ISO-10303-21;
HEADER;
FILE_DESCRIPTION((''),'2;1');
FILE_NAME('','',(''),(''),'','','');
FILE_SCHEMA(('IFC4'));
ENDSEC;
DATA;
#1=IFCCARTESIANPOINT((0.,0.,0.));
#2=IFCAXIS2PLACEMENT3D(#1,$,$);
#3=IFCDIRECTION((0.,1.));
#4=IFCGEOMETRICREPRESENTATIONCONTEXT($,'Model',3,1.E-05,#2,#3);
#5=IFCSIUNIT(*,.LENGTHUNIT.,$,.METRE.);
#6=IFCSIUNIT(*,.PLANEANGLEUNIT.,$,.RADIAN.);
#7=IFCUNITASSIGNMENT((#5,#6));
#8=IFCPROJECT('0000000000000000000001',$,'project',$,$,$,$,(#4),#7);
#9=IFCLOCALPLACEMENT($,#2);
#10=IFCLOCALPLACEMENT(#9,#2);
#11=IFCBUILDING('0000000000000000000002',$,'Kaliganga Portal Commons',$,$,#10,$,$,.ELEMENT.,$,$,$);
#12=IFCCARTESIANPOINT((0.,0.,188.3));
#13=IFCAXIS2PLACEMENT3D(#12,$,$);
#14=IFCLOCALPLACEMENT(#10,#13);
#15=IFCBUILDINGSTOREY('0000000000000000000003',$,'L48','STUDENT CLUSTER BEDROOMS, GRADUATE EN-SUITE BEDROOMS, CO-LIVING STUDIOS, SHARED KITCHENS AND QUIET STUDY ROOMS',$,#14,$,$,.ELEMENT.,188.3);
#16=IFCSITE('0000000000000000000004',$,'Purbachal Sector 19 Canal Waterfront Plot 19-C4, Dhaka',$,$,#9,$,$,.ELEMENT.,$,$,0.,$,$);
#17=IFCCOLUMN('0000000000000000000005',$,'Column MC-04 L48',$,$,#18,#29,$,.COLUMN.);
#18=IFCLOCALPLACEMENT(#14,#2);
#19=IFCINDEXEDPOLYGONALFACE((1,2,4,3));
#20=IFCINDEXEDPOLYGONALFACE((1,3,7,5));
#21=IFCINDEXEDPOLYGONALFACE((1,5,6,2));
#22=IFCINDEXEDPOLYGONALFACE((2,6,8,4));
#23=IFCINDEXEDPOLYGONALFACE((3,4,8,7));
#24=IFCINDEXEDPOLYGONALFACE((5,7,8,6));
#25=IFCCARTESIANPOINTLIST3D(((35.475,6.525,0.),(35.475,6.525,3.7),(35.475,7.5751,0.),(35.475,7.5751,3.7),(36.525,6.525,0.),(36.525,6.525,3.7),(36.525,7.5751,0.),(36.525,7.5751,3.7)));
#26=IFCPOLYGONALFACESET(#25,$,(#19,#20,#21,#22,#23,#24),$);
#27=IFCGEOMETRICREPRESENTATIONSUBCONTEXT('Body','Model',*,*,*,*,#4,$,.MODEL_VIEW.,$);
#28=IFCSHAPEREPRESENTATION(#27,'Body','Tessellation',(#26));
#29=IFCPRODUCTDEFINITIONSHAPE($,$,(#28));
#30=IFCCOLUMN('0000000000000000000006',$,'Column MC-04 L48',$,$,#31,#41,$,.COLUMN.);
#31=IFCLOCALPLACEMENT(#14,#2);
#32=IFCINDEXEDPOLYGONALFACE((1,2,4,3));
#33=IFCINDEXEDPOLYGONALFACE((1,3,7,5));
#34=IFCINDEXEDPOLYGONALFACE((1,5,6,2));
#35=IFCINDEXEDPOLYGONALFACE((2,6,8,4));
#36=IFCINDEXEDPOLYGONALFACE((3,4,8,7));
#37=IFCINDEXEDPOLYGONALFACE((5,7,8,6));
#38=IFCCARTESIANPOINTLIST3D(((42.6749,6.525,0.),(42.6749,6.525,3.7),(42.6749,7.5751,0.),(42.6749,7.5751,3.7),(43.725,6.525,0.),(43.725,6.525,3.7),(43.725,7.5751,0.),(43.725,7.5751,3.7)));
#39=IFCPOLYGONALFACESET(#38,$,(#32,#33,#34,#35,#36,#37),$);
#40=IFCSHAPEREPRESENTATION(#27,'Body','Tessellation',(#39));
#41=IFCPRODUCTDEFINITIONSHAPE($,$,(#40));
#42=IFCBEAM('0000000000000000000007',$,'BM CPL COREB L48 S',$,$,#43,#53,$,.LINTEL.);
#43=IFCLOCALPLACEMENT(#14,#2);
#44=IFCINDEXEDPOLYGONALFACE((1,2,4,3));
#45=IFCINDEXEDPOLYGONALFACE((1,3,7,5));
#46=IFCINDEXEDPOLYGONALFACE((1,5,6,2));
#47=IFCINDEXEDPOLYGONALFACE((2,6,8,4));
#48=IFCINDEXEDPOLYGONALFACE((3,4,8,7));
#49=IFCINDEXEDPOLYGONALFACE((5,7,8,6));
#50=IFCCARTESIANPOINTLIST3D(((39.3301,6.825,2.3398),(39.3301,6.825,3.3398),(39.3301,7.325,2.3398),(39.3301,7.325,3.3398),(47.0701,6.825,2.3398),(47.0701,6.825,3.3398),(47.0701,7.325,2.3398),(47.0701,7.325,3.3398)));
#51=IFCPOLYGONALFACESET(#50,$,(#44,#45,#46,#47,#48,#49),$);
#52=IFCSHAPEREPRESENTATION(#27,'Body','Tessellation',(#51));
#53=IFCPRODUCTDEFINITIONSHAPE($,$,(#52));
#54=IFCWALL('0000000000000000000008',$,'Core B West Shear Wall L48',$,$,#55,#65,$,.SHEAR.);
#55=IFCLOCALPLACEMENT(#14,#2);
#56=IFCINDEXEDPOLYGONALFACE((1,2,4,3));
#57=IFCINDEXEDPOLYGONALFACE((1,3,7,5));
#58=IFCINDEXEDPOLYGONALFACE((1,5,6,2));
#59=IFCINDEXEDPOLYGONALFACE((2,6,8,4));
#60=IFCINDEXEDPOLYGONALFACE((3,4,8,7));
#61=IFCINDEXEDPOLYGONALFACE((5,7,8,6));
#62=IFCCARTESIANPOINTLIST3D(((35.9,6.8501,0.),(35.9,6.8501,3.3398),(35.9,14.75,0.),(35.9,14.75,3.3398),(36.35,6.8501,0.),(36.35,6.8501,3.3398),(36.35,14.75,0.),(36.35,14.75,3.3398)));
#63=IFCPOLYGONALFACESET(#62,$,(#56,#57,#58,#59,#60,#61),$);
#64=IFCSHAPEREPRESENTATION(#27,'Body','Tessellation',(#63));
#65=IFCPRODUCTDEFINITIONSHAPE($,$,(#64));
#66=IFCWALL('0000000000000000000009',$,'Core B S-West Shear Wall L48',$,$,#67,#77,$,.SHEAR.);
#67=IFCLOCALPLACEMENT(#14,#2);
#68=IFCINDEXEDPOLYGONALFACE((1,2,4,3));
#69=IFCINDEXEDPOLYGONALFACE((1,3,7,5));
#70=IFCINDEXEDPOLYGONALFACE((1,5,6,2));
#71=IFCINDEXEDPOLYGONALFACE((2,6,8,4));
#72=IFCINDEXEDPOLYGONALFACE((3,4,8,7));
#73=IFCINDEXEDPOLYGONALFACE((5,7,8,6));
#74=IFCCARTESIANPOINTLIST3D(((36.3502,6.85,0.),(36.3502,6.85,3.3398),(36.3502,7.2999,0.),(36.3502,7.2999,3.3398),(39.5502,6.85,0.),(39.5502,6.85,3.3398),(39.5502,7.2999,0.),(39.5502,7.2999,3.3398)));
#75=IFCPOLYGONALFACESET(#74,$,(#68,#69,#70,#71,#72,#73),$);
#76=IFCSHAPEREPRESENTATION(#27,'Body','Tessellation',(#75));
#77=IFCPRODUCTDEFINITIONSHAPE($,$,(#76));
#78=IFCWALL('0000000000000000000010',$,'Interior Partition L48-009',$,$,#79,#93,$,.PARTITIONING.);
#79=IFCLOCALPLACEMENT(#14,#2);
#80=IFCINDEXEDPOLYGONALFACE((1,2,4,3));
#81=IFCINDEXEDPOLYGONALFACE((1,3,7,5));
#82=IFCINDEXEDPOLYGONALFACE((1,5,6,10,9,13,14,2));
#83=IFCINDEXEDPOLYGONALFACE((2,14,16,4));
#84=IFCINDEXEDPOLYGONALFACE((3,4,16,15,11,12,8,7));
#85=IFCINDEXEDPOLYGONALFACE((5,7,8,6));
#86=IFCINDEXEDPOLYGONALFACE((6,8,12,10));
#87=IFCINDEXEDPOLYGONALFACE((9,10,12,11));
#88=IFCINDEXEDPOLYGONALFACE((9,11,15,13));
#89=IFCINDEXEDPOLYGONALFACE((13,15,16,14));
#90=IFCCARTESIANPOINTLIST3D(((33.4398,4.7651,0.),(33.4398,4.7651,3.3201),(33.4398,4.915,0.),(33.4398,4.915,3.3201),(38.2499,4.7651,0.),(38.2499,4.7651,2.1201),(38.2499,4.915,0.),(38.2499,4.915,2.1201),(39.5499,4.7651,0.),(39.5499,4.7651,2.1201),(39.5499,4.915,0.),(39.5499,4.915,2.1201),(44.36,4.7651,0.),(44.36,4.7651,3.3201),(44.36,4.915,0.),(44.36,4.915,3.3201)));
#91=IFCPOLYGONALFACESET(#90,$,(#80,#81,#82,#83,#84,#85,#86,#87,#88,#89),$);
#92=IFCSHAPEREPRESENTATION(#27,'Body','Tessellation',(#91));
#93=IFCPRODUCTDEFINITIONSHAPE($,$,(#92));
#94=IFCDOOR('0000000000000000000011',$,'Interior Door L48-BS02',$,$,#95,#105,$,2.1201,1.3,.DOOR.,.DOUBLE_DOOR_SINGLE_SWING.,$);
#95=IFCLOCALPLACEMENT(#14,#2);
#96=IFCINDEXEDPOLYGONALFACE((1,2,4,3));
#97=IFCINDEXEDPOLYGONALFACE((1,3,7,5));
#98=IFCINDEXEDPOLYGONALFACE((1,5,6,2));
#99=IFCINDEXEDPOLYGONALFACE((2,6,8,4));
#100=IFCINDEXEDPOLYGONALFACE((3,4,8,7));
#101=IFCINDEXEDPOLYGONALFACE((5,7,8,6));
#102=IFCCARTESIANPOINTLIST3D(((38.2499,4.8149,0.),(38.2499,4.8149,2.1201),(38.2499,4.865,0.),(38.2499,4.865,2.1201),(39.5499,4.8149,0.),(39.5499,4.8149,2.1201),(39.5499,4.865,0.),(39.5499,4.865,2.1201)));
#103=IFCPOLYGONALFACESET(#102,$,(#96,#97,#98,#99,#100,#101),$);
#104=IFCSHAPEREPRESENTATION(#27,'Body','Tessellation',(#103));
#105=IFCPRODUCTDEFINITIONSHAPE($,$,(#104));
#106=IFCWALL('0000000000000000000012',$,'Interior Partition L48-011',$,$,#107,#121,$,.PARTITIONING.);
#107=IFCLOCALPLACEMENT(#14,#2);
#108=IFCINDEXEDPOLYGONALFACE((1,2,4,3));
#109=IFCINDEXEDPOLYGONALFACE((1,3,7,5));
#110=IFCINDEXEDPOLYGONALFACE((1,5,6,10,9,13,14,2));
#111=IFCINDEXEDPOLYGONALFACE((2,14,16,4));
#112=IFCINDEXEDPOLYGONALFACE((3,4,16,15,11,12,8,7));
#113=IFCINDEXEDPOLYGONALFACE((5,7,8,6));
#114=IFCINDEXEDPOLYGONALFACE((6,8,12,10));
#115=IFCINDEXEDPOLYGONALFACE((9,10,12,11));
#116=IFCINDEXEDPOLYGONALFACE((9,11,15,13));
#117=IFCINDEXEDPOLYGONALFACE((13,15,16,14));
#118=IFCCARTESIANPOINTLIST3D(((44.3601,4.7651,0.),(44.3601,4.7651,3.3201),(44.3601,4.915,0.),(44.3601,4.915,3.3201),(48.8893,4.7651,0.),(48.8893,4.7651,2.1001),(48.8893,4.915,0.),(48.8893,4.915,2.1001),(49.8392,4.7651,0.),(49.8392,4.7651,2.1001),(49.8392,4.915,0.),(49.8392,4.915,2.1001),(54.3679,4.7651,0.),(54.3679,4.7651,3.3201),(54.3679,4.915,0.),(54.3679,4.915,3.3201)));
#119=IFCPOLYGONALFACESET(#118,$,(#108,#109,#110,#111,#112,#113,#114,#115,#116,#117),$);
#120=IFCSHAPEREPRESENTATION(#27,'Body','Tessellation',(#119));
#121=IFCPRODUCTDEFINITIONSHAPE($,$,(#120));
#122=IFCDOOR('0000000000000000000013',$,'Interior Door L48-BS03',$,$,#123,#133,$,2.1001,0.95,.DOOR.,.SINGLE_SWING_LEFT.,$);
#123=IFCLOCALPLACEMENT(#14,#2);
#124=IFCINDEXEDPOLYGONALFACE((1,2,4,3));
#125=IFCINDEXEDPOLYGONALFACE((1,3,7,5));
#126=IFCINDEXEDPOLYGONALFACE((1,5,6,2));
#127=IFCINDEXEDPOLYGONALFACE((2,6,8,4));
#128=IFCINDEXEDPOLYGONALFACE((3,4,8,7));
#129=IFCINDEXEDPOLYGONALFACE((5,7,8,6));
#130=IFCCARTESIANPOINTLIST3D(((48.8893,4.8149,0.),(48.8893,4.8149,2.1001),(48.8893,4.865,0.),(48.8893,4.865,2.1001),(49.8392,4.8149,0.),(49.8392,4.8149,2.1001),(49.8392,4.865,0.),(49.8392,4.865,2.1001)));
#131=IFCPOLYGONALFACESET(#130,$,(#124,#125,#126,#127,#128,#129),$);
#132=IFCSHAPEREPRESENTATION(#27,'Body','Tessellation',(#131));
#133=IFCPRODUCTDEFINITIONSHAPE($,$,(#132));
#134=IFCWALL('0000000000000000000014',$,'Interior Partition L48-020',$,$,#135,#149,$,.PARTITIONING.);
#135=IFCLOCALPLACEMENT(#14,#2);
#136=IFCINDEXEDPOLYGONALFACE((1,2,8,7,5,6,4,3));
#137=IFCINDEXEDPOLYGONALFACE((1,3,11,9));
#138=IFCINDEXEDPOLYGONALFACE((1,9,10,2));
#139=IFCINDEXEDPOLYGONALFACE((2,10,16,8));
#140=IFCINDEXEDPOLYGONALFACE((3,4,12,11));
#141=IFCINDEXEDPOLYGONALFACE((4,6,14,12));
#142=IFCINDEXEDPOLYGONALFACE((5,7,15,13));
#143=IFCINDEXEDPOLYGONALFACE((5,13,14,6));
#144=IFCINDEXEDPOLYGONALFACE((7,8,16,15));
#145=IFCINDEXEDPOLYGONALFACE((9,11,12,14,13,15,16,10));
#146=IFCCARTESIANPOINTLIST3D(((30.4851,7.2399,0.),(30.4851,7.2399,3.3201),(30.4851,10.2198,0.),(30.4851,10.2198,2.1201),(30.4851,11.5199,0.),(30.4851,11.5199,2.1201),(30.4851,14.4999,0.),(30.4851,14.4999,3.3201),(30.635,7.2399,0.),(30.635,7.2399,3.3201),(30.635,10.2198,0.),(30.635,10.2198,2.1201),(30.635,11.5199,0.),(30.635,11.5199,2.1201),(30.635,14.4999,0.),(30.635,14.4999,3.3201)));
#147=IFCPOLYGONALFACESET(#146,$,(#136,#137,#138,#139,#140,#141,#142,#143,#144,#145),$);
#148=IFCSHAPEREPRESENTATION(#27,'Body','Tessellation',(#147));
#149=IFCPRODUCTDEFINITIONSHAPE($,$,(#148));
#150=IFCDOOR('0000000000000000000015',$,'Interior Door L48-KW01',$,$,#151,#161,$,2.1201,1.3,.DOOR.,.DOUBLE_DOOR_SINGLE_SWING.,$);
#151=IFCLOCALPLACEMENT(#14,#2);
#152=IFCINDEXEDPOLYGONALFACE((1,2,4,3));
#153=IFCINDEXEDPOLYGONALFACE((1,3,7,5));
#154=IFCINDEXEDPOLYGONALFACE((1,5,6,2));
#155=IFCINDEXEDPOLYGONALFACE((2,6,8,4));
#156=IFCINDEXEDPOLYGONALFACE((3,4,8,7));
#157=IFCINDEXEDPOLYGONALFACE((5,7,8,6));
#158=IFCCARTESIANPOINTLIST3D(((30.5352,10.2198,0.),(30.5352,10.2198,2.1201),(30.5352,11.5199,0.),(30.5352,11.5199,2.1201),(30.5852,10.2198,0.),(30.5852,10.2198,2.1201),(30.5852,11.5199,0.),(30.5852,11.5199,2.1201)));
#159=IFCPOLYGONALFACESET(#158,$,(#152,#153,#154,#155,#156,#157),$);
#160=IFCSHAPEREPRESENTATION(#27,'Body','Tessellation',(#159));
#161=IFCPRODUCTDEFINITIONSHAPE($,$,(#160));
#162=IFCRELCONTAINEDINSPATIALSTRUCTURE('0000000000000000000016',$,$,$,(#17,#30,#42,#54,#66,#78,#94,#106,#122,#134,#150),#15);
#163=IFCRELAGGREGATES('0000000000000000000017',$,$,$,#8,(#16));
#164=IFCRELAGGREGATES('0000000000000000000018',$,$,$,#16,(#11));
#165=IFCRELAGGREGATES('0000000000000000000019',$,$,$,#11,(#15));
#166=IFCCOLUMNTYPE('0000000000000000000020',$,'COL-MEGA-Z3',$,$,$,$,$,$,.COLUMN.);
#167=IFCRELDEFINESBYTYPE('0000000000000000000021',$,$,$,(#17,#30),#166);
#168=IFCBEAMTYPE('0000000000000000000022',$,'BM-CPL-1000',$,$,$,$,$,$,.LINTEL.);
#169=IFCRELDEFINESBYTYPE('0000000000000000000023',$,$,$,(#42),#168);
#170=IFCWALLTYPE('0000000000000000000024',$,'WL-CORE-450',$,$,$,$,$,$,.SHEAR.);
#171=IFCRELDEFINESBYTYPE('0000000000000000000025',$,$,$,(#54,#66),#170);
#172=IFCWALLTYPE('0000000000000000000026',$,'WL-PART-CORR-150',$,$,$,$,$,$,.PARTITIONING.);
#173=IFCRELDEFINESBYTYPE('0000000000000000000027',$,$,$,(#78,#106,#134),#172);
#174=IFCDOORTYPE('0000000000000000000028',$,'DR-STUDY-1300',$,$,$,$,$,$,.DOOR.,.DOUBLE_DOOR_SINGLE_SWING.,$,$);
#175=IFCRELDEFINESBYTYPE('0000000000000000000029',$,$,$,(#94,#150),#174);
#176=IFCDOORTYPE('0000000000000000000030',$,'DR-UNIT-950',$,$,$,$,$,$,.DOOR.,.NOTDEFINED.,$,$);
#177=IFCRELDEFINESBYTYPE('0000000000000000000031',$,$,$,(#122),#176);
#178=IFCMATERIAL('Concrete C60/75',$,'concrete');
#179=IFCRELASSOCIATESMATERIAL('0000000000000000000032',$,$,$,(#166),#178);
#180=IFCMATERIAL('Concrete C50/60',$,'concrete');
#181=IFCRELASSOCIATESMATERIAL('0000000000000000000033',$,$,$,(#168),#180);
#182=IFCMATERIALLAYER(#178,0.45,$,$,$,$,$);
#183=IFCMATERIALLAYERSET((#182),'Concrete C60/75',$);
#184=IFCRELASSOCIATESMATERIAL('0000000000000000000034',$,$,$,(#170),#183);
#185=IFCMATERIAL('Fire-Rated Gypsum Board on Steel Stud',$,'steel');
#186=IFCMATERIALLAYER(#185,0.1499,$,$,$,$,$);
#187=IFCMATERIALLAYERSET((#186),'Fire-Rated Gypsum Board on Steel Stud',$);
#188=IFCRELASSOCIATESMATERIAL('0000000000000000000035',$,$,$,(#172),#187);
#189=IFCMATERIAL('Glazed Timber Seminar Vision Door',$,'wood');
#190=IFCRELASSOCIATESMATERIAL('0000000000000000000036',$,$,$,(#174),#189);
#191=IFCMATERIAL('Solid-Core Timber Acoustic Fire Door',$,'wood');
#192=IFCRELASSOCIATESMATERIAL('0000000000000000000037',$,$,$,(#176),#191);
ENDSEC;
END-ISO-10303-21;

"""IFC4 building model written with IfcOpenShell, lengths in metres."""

from ifc_helpers import new_model, si_unit, direction, frame, frame_2d, origin, origin_2d, place, context, subcontext, project, spatial, rectangle, extrude, source, transform, mapped, material, layer, layer_set, material_profile, profile_set, type_object, element, fill, save


model = new_model("IFC4")

# Units and contexts
model_context = context("Model", 3, precision=1e-05, world=origin(), true_north=direction((0.0, 1.0)))
body_context = subcontext(model_context, "Body", "Model", "MODEL_VIEW")
ifc_project = project(units=[si_unit("LENGTHUNIT", "METRE"), si_unit("PLANEANGLEUNIT", "RADIAN")], contexts=[model_context])

# Site, building, storey
site_placement = place(None, origin())
site = spatial("IfcSite", under=ifc_project, at=site_placement, Name="Purbachal Sector 19 Canal Waterfront Plot 19-C4, Dhaka", CompositionType="ELEMENT", RefElevation=0.0)
building_placement = place(site_placement, origin())
building = spatial("IfcBuilding", under=site, at=building_placement, Name="Kaliganga Portal Commons", CompositionType="ELEMENT")
storey_placement = place(building_placement, frame((0.0, 0.0, 188.3)))
storey = spatial("IfcBuildingStorey", under=building, at=storey_placement, Name="L48", Description="STUDENT CLUSTER BEDROOMS, GRADUATE EN-SUITE BEDROOMS, CO-LIVING STUDIOS, SHARED KITCHENS AND QUIET STUDY ROOMS", CompositionType="ELEMENT", Elevation=188.3)

# Columns
ifc_material_1 = material(Name="Concrete C60/75", Category="concrete")
ifc_material_profile_1 = material_profile(ifc_material_1, rectangle(XDim=1.05, YDim=1.05, at=origin_2d()), Name="RC 1050x1050")
ifc_profile_set_1 = profile_set([ifc_material_profile_1], Name="Concrete C60/75")
column_type = type_object("IfcColumnType", Name="COL-MEGA-Z3", PredefinedType="COLUMN", material=ifc_profile_set_1)
shared_shape_1 = source(origin(), body_context, "Body", "SweptSolid", [
    extrude(rectangle(XDim=1.05, YDim=1.05, at=origin_2d()), origin(), (0.0, 0.0, 1.0), 3.7),
])
for number, where, z_axis, x_axis, name in (
    (1, (36.0, 7.05, 0.0), (0.0, 0.0, 1.0), (1.0, 0.0, 0.0), "Column MC-04 L48"),
    (2, (43.2, 7.05, 0.0), (0.0, 0.0, 1.0), (1.0, 0.0, 0.0), "Column MC-04 L48"),
):
    element("IfcColumn", number, at=place(storey_placement, frame(where, z_axis=z_axis, x_axis=x_axis)), inside=storey, type_object=column_type, Name=name, PredefinedType="COLUMN", context=body_context, shape_type="MappedRepresentation", body=[
        mapped(shared_shape_1, transform((0.0, 0.0, 0.0), x_axis=(1.0, 0.0, 0.0), y_axis=(0.0, 1.0, 0.0), z_axis=(0.0, 0.0, 1.0), scale=1.0)),
    ])

# Beam
ifc_material_2 = material(Name="Concrete C50/60", Category="concrete")
ifc_material_profile_2 = material_profile(ifc_material_2, rectangle(XDim=0.5, YDim=1.0, at=origin_2d()), Name="RC 500x1000")
ifc_profile_set_2 = profile_set([ifc_material_profile_2], Name="Concrete C50/60")
beam_type = type_object("IfcBeamType", Name="BM-CPL-1000", PredefinedType="LINTEL", material=ifc_profile_set_2)
shared_shape_2 = source(origin(), body_context, "Body", "SweptSolid", [
    extrude(rectangle(XDim=0.5, YDim=1.0, at=origin_2d()), origin(), (0.0, 0.0, 1.0), 7.74),
])
beam_placement = place(storey_placement, frame((39.3301, 7.075, 2.8398), z_axis=(1.0, 0.0, 0.0), x_axis=(0.0, 1.0, 0.0)))
element("IfcBeam", 3, at=beam_placement, inside=storey, type_object=beam_type, Name="BM CPL COREB L48 S", PredefinedType="LINTEL", context=body_context, shape_type="MappedRepresentation", body=[
    mapped(shared_shape_2, transform((0.0, 0.0, 0.0), x_axis=(1.0, 0.0, 0.0), y_axis=(0.0, 1.0, 0.0), z_axis=(0.0, 0.0, 1.0), scale=1.0)),
])

# Walls
ifc_layer_1 = layer(ifc_material_1, 0.45)
ifc_layer_set_1 = layer_set([ifc_layer_1], Name="Concrete C60/75")
wall_type_1 = type_object("IfcWallType", Name="WL-CORE-450", PredefinedType="SHEAR", material=ifc_layer_set_1)
wall_1_placement = place(storey_placement, frame((36.125, 6.8501, 0.0), z_axis=(0.0, 0.0, 1.0), x_axis=(0.0, 1.0, 0.0)))
element("IfcWall", 4, at=wall_1_placement, inside=storey, type_object=wall_type_1, Name="Core B West Shear Wall L48", PredefinedType="SHEAR", context=body_context, shape_type="SweptSolid", body=[
    extrude(rectangle(XDim=7.8999, YDim=0.45, at=frame_2d((3.95, 0.0))), origin(), (0.0, 0.0, 1.0), 3.3398),
])
wall_2_placement = place(storey_placement, frame((36.3501, 7.075, 0.0), z_axis=(0.0, 0.0, 1.0), x_axis=(1.0, 0.0, 0.0)))
element("IfcWall", 5, at=wall_2_placement, inside=storey, type_object=wall_type_1, Name="Core B S-West Shear Wall L48", PredefinedType="SHEAR", context=body_context, shape_type="SweptSolid", body=[
    extrude(rectangle(XDim=3.2, YDim=0.45, at=frame_2d((1.6001, 0.0))), origin(), (0.0, 0.0, 1.0), 3.3398),
])

# Walls, openings, doors
ifc_material_3 = material(Name="Fire-Rated Gypsum Board on Steel Stud", Category="steel")
ifc_layer_2 = layer(ifc_material_3, 0.1499)
ifc_layer_set_2 = layer_set([ifc_layer_2], Name="Fire-Rated Gypsum Board on Steel Stud")
wall_type_2 = type_object("IfcWallType", Name="WL-PART-CORR-150", PredefinedType="PARTITIONING", material=ifc_layer_set_2)
wall_3_placement = place(storey_placement, frame((33.4399, 4.8401, 0.0), z_axis=(0.0, 0.0, 1.0), x_axis=(1.0, 0.0, 0.0)))
wall_3 = element("IfcWall", 6, at=wall_3_placement, inside=storey, type_object=wall_type_2, Name="Interior Partition L48-009", PredefinedType="PARTITIONING", context=body_context, shape_type="SweptSolid", body=[
    extrude(rectangle(XDim=10.9202, YDim=0.1499, at=frame_2d((5.46, 0.0))), origin(), (0.0, 0.0, 1.0), 3.3201),
])
opening_1_placement = place(wall_3_placement, frame((4.8101, 0.0, 0.0)))
opening_1 = element("IfcOpeningElement", 7, at=opening_1_placement, cuts=wall_3, PredefinedType="OPENING", context=body_context, shape_type="SweptSolid", body=[
    extrude(rectangle(XDim=1.3, YDim=2.1201, at=frame_2d((0.6499, 1.0601))), frame((0.0, 0.085, 0.0), z_axis=(0.0, -1.0, 0.0), x_axis=(1.0, 0.0, 0.0)), (0.0, 0.0, 1.0), 0.1699),
])
ifc_material_4 = material(Name="Glazed Timber Seminar Vision Door", Category="wood")
door_type_1 = type_object("IfcDoorType", Name="DR-STUDY-1300", OperationType="DOUBLE_DOOR_SINGLE_SWING", PredefinedType="DOOR", material=ifc_material_4)
door_1_placement = place(opening_1_placement, origin())
door_1 = element("IfcDoor", 8, at=door_1_placement, inside=storey, type_object=door_type_1, Name="Interior Door L48-BS02", OperationType="DOUBLE_DOOR_SINGLE_SWING", OverallHeight=2.1201, OverallWidth=1.3, PredefinedType="DOOR", context=body_context, shape_type="SweptSolid", body=[
    extrude(rectangle(XDim=1.3, YDim=2.1201, at=frame_2d((0.6499, 1.0601))), frame((0.0, 0.0249, 0.0), z_axis=(0.0, -1.0, 0.0), x_axis=(1.0, 0.0, 0.0)), (0.0, 0.0, 1.0), 0.05),
])
fill(opening_1, door_1)
wall_4_placement = place(storey_placement, frame((44.3601, 4.8401, 0.0), z_axis=(0.0, 0.0, 1.0), x_axis=(1.0, 0.0, 0.0)))
wall_4 = element("IfcWall", 9, at=wall_4_placement, inside=storey, type_object=wall_type_2, Name="Interior Partition L48-011", PredefinedType="PARTITIONING", context=body_context, shape_type="SweptSolid", body=[
    extrude(rectangle(XDim=10.0078, YDim=0.1499, at=frame_2d((5.0039, 0.0))), origin(), (0.0, 0.0, 1.0), 3.3201),
])
opening_2_placement = place(wall_4_placement, frame((4.5291, 0.0, 0.0)))
opening_2 = element("IfcOpeningElement", 10, at=opening_2_placement, cuts=wall_4, PredefinedType="OPENING", context=body_context, shape_type="SweptSolid", body=[
    extrude(rectangle(XDim=0.95, YDim=2.1001, at=frame_2d((0.4751, 1.05))), frame((0.0, 0.085, 0.0), z_axis=(0.0, -1.0, 0.0), x_axis=(1.0, 0.0, 0.0)), (0.0, 0.0, 1.0), 0.1699),
])
ifc_material_5 = material(Name="Solid-Core Timber Acoustic Fire Door", Category="wood")
door_type_2 = type_object("IfcDoorType", Name="DR-UNIT-950", OperationType="NOTDEFINED", PredefinedType="DOOR", material=ifc_material_5)
door_2_placement = place(opening_2_placement, origin())
door_2 = element("IfcDoor", 11, at=door_2_placement, inside=storey, type_object=door_type_2, Name="Interior Door L48-BS03", OperationType="SINGLE_SWING_LEFT", OverallHeight=2.1001, OverallWidth=0.95, PredefinedType="DOOR", context=body_context, shape_type="SweptSolid", body=[
    extrude(rectangle(XDim=0.95, YDim=2.1001, at=frame_2d((0.4751, 1.05))), frame((0.0, 0.0249, 0.0), z_axis=(0.0, -1.0, 0.0), x_axis=(1.0, 0.0, 0.0)), (0.0, 0.0, 1.0), 0.05),
])
fill(opening_2, door_2)
wall_5_placement = place(storey_placement, frame((30.5601, 7.24, 0.0), z_axis=(0.0, 0.0, 1.0), x_axis=(0.0, 1.0, 0.0)))
wall_5 = element("IfcWall", 12, at=wall_5_placement, inside=storey, type_object=wall_type_2, Name="Interior Partition L48-020", PredefinedType="PARTITIONING", context=body_context, shape_type="SweptSolid", body=[
    extrude(rectangle(XDim=7.26, YDim=0.1499, at=frame_2d((3.6299, 0.0))), origin(), (0.0, 0.0, 1.0), 3.3201),
])
opening_3_placement = place(wall_5_placement, frame((2.98, 0.0, 0.0)))
opening_3 = element("IfcOpeningElement", 13, at=opening_3_placement, cuts=wall_5, PredefinedType="OPENING", context=body_context, shape_type="SweptSolid", body=[
    extrude(rectangle(XDim=1.3, YDim=2.1201, at=frame_2d((0.6499, 1.0601))), frame((0.0, 0.085, 0.0), z_axis=(0.0, -1.0, 0.0), x_axis=(1.0, 0.0, 0.0)), (0.0, 0.0, 1.0), 0.1699),
])
door_3_placement = place(opening_3_placement, origin())
door_3 = element("IfcDoor", 14, at=door_3_placement, inside=storey, type_object=door_type_1, Name="Interior Door L48-KW01", OperationType="DOUBLE_DOOR_SINGLE_SWING", OverallHeight=2.1201, OverallWidth=1.3, PredefinedType="DOOR", context=body_context, shape_type="SweptSolid", body=[
    extrude(rectangle(XDim=1.3, YDim=2.1201, at=frame_2d((0.6499, 1.0601))), frame((0.0, 0.0249, 0.0), z_axis=(0.0, -1.0, 0.0), x_axis=(1.0, 0.0, 0.0)), (0.0, 0.0, 1.0), 0.05),
])
fill(opening_3, door_3)

save(model, "model.ifc")
